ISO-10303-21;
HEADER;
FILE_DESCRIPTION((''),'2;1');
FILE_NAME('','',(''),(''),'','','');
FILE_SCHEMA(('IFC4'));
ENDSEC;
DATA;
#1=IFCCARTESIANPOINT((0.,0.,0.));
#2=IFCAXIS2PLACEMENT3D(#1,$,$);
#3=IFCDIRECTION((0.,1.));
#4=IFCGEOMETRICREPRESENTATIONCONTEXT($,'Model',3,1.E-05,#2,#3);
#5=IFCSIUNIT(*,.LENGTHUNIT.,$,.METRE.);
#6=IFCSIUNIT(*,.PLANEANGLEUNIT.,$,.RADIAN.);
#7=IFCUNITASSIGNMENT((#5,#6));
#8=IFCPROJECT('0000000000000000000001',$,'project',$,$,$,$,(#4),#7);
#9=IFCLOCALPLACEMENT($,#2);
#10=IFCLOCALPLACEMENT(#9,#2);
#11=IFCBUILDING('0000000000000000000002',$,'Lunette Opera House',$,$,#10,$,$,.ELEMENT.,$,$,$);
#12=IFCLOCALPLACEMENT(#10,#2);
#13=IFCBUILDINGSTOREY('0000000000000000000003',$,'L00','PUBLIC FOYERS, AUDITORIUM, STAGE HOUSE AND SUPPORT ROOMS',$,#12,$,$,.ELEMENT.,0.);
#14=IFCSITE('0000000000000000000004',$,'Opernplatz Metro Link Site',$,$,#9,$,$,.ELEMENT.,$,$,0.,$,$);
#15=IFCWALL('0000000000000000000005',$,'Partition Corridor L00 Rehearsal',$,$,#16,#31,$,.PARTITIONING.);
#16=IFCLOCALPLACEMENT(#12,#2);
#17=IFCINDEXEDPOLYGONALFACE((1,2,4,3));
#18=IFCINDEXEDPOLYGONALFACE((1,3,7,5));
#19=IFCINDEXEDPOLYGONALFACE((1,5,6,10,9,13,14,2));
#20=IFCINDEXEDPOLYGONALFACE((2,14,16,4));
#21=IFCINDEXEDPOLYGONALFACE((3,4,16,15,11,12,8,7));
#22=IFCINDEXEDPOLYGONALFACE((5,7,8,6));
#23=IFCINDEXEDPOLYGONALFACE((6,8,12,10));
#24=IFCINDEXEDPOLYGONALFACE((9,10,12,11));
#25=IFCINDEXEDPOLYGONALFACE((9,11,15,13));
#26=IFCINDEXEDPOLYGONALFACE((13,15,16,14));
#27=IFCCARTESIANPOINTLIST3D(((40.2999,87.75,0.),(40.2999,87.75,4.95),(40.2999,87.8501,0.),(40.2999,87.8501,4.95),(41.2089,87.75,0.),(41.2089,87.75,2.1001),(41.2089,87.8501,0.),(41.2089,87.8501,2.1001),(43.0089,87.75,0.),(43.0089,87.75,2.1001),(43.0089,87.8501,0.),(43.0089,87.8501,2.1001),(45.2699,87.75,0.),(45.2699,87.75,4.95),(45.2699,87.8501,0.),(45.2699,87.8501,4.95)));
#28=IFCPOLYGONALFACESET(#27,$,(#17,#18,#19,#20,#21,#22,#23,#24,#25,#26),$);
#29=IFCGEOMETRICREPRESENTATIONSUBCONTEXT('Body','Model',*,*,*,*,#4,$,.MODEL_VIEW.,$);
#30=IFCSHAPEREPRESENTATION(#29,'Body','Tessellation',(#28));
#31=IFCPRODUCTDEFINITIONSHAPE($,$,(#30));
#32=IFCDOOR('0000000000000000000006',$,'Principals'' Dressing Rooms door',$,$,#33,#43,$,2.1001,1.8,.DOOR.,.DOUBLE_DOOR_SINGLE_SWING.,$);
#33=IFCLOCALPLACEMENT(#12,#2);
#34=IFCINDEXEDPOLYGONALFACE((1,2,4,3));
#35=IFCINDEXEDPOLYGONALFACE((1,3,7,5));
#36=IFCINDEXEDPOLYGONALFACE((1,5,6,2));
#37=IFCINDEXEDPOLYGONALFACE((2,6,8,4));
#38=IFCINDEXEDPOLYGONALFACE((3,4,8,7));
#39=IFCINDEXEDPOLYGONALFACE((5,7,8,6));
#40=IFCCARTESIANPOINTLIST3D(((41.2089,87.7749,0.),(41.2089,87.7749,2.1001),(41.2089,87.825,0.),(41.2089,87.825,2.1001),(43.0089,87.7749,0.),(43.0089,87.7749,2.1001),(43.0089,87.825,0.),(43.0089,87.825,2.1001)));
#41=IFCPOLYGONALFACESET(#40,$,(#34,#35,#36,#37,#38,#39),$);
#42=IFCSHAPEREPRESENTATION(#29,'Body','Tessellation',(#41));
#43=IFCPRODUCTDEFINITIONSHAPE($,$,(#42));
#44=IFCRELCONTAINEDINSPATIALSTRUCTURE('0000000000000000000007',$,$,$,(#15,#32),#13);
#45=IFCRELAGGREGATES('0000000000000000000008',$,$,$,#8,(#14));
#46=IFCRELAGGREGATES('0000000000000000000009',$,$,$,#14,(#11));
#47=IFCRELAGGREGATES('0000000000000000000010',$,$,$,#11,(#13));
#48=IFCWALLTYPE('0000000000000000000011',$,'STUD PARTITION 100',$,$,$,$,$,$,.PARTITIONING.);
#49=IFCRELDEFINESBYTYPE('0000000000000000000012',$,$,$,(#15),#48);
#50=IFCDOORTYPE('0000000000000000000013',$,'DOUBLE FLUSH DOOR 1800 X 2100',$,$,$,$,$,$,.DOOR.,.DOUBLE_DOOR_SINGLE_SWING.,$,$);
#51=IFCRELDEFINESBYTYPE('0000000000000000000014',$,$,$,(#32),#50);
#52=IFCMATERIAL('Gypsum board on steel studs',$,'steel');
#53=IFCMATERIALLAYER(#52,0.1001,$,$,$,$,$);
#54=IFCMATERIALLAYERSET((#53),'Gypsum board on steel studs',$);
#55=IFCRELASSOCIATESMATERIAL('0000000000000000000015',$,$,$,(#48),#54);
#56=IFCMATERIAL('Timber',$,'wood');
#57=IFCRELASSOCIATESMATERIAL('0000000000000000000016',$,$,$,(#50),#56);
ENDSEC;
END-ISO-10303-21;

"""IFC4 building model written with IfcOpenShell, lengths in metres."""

from ifc_helpers import new_model, si_unit, direction, frame, frame_2d, origin, place, context, subcontext, project, spatial, rectangle, extrude, material, layer, layer_set, type_object, element, fill, save


model = new_model("IFC4")

# Units and contexts
model_context = context("Model", 3, precision=1e-05, world=origin(), true_north=direction((0.0, 1.0)))
body_context = subcontext(model_context, "Body", "Model", "MODEL_VIEW")
ifc_project = project(units=[si_unit("LENGTHUNIT", "METRE"), si_unit("PLANEANGLEUNIT", "RADIAN")], contexts=[model_context])

# Site, building, storey
site_placement = place(None, origin())
site = spatial("IfcSite", under=ifc_project, at=site_placement, Name="Opernplatz Metro Link Site", CompositionType="ELEMENT", RefElevation=0.0)
building_placement = place(site_placement, origin())
building = spatial("IfcBuilding", under=site, at=building_placement, Name="Lunette Opera House", CompositionType="ELEMENT")
storey_placement = place(building_placement, origin())
storey = spatial("IfcBuildingStorey", under=building, at=storey_placement, Name="L00", Description="PUBLIC FOYERS, AUDITORIUM, STAGE HOUSE AND SUPPORT ROOMS", CompositionType="ELEMENT", Elevation=0.0)

# Shared definitions
ifc_material_1 = material(Name="Gypsum board on steel studs", Category="steel")
ifc_layer_1 = layer(ifc_material_1, 0.1001)
ifc_layer_set_1 = layer_set([ifc_layer_1], Name="Gypsum board on steel studs")
wall_type_1 = type_object("IfcWallType", Name="STUD PARTITION 100", PredefinedType="PARTITIONING", material=ifc_layer_set_1)

# Wall, opening, door
ifc_material_2 = material(Name="Timber", Category="wood")
door_type_1 = type_object("IfcDoorType", Name="DOUBLE FLUSH DOOR 1800 X 2100", OperationType="DOUBLE_DOOR_SINGLE_SWING", PredefinedType="DOOR", material=ifc_material_2)
wall_1_placement = place(storey_placement, frame((40.3, 87.8, 0.0), z_axis=(0.0, 0.0, 1.0), x_axis=(1.0, 0.0, 0.0)))
wall_1 = element("IfcWall", 1, at=wall_1_placement, inside=storey, type_object=wall_type_1, Name="Partition Corridor L00 Rehearsal", PredefinedType="PARTITIONING", context=body_context, shape_type="SweptSolid", body=[
    extrude(rectangle(XDim=4.97, YDim=0.1001, at=frame_2d((2.4849, 0.0))), origin(), (0.0, 0.0, 1.0), 4.95),
])
opening_1_placement = place(wall_1_placement, frame((0.9089, 0.0, 0.0)))
opening_1 = element("IfcOpeningElement", 2, at=opening_1_placement, cuts=wall_1, PredefinedType="OPENING", context=body_context, shape_type="SweptSolid", body=[
    extrude(rectangle(XDim=1.8, YDim=2.1001, at=frame_2d((0.8999, 1.05))), frame((0.0, 0.062, 0.0), z_axis=(0.0, -1.0, 0.0), x_axis=(1.0, 0.0, 0.0)), (0.0, 0.0, 1.0), 0.124),
])
door_1_placement = place(opening_1_placement, origin())
door_1 = element("IfcDoor", 3, at=door_1_placement, inside=storey, type_object=door_type_1, Name="Principals' Dressing Rooms door", OperationType="DOUBLE_DOOR_SINGLE_SWING", OverallHeight=2.1001, OverallWidth=1.8, PredefinedType="DOOR", context=body_context, shape_type="SweptSolid", body=[
    extrude(rectangle(XDim=1.8, YDim=2.1001, at=frame_2d((0.8999, 1.05))), frame((0.0, 0.0249, 0.0), z_axis=(0.0, -1.0, 0.0), x_axis=(1.0, 0.0, 0.0)), (0.0, 0.0, 1.0), 0.05),
])
fill(opening_1, door_1)

save(model, "model.ifc")
